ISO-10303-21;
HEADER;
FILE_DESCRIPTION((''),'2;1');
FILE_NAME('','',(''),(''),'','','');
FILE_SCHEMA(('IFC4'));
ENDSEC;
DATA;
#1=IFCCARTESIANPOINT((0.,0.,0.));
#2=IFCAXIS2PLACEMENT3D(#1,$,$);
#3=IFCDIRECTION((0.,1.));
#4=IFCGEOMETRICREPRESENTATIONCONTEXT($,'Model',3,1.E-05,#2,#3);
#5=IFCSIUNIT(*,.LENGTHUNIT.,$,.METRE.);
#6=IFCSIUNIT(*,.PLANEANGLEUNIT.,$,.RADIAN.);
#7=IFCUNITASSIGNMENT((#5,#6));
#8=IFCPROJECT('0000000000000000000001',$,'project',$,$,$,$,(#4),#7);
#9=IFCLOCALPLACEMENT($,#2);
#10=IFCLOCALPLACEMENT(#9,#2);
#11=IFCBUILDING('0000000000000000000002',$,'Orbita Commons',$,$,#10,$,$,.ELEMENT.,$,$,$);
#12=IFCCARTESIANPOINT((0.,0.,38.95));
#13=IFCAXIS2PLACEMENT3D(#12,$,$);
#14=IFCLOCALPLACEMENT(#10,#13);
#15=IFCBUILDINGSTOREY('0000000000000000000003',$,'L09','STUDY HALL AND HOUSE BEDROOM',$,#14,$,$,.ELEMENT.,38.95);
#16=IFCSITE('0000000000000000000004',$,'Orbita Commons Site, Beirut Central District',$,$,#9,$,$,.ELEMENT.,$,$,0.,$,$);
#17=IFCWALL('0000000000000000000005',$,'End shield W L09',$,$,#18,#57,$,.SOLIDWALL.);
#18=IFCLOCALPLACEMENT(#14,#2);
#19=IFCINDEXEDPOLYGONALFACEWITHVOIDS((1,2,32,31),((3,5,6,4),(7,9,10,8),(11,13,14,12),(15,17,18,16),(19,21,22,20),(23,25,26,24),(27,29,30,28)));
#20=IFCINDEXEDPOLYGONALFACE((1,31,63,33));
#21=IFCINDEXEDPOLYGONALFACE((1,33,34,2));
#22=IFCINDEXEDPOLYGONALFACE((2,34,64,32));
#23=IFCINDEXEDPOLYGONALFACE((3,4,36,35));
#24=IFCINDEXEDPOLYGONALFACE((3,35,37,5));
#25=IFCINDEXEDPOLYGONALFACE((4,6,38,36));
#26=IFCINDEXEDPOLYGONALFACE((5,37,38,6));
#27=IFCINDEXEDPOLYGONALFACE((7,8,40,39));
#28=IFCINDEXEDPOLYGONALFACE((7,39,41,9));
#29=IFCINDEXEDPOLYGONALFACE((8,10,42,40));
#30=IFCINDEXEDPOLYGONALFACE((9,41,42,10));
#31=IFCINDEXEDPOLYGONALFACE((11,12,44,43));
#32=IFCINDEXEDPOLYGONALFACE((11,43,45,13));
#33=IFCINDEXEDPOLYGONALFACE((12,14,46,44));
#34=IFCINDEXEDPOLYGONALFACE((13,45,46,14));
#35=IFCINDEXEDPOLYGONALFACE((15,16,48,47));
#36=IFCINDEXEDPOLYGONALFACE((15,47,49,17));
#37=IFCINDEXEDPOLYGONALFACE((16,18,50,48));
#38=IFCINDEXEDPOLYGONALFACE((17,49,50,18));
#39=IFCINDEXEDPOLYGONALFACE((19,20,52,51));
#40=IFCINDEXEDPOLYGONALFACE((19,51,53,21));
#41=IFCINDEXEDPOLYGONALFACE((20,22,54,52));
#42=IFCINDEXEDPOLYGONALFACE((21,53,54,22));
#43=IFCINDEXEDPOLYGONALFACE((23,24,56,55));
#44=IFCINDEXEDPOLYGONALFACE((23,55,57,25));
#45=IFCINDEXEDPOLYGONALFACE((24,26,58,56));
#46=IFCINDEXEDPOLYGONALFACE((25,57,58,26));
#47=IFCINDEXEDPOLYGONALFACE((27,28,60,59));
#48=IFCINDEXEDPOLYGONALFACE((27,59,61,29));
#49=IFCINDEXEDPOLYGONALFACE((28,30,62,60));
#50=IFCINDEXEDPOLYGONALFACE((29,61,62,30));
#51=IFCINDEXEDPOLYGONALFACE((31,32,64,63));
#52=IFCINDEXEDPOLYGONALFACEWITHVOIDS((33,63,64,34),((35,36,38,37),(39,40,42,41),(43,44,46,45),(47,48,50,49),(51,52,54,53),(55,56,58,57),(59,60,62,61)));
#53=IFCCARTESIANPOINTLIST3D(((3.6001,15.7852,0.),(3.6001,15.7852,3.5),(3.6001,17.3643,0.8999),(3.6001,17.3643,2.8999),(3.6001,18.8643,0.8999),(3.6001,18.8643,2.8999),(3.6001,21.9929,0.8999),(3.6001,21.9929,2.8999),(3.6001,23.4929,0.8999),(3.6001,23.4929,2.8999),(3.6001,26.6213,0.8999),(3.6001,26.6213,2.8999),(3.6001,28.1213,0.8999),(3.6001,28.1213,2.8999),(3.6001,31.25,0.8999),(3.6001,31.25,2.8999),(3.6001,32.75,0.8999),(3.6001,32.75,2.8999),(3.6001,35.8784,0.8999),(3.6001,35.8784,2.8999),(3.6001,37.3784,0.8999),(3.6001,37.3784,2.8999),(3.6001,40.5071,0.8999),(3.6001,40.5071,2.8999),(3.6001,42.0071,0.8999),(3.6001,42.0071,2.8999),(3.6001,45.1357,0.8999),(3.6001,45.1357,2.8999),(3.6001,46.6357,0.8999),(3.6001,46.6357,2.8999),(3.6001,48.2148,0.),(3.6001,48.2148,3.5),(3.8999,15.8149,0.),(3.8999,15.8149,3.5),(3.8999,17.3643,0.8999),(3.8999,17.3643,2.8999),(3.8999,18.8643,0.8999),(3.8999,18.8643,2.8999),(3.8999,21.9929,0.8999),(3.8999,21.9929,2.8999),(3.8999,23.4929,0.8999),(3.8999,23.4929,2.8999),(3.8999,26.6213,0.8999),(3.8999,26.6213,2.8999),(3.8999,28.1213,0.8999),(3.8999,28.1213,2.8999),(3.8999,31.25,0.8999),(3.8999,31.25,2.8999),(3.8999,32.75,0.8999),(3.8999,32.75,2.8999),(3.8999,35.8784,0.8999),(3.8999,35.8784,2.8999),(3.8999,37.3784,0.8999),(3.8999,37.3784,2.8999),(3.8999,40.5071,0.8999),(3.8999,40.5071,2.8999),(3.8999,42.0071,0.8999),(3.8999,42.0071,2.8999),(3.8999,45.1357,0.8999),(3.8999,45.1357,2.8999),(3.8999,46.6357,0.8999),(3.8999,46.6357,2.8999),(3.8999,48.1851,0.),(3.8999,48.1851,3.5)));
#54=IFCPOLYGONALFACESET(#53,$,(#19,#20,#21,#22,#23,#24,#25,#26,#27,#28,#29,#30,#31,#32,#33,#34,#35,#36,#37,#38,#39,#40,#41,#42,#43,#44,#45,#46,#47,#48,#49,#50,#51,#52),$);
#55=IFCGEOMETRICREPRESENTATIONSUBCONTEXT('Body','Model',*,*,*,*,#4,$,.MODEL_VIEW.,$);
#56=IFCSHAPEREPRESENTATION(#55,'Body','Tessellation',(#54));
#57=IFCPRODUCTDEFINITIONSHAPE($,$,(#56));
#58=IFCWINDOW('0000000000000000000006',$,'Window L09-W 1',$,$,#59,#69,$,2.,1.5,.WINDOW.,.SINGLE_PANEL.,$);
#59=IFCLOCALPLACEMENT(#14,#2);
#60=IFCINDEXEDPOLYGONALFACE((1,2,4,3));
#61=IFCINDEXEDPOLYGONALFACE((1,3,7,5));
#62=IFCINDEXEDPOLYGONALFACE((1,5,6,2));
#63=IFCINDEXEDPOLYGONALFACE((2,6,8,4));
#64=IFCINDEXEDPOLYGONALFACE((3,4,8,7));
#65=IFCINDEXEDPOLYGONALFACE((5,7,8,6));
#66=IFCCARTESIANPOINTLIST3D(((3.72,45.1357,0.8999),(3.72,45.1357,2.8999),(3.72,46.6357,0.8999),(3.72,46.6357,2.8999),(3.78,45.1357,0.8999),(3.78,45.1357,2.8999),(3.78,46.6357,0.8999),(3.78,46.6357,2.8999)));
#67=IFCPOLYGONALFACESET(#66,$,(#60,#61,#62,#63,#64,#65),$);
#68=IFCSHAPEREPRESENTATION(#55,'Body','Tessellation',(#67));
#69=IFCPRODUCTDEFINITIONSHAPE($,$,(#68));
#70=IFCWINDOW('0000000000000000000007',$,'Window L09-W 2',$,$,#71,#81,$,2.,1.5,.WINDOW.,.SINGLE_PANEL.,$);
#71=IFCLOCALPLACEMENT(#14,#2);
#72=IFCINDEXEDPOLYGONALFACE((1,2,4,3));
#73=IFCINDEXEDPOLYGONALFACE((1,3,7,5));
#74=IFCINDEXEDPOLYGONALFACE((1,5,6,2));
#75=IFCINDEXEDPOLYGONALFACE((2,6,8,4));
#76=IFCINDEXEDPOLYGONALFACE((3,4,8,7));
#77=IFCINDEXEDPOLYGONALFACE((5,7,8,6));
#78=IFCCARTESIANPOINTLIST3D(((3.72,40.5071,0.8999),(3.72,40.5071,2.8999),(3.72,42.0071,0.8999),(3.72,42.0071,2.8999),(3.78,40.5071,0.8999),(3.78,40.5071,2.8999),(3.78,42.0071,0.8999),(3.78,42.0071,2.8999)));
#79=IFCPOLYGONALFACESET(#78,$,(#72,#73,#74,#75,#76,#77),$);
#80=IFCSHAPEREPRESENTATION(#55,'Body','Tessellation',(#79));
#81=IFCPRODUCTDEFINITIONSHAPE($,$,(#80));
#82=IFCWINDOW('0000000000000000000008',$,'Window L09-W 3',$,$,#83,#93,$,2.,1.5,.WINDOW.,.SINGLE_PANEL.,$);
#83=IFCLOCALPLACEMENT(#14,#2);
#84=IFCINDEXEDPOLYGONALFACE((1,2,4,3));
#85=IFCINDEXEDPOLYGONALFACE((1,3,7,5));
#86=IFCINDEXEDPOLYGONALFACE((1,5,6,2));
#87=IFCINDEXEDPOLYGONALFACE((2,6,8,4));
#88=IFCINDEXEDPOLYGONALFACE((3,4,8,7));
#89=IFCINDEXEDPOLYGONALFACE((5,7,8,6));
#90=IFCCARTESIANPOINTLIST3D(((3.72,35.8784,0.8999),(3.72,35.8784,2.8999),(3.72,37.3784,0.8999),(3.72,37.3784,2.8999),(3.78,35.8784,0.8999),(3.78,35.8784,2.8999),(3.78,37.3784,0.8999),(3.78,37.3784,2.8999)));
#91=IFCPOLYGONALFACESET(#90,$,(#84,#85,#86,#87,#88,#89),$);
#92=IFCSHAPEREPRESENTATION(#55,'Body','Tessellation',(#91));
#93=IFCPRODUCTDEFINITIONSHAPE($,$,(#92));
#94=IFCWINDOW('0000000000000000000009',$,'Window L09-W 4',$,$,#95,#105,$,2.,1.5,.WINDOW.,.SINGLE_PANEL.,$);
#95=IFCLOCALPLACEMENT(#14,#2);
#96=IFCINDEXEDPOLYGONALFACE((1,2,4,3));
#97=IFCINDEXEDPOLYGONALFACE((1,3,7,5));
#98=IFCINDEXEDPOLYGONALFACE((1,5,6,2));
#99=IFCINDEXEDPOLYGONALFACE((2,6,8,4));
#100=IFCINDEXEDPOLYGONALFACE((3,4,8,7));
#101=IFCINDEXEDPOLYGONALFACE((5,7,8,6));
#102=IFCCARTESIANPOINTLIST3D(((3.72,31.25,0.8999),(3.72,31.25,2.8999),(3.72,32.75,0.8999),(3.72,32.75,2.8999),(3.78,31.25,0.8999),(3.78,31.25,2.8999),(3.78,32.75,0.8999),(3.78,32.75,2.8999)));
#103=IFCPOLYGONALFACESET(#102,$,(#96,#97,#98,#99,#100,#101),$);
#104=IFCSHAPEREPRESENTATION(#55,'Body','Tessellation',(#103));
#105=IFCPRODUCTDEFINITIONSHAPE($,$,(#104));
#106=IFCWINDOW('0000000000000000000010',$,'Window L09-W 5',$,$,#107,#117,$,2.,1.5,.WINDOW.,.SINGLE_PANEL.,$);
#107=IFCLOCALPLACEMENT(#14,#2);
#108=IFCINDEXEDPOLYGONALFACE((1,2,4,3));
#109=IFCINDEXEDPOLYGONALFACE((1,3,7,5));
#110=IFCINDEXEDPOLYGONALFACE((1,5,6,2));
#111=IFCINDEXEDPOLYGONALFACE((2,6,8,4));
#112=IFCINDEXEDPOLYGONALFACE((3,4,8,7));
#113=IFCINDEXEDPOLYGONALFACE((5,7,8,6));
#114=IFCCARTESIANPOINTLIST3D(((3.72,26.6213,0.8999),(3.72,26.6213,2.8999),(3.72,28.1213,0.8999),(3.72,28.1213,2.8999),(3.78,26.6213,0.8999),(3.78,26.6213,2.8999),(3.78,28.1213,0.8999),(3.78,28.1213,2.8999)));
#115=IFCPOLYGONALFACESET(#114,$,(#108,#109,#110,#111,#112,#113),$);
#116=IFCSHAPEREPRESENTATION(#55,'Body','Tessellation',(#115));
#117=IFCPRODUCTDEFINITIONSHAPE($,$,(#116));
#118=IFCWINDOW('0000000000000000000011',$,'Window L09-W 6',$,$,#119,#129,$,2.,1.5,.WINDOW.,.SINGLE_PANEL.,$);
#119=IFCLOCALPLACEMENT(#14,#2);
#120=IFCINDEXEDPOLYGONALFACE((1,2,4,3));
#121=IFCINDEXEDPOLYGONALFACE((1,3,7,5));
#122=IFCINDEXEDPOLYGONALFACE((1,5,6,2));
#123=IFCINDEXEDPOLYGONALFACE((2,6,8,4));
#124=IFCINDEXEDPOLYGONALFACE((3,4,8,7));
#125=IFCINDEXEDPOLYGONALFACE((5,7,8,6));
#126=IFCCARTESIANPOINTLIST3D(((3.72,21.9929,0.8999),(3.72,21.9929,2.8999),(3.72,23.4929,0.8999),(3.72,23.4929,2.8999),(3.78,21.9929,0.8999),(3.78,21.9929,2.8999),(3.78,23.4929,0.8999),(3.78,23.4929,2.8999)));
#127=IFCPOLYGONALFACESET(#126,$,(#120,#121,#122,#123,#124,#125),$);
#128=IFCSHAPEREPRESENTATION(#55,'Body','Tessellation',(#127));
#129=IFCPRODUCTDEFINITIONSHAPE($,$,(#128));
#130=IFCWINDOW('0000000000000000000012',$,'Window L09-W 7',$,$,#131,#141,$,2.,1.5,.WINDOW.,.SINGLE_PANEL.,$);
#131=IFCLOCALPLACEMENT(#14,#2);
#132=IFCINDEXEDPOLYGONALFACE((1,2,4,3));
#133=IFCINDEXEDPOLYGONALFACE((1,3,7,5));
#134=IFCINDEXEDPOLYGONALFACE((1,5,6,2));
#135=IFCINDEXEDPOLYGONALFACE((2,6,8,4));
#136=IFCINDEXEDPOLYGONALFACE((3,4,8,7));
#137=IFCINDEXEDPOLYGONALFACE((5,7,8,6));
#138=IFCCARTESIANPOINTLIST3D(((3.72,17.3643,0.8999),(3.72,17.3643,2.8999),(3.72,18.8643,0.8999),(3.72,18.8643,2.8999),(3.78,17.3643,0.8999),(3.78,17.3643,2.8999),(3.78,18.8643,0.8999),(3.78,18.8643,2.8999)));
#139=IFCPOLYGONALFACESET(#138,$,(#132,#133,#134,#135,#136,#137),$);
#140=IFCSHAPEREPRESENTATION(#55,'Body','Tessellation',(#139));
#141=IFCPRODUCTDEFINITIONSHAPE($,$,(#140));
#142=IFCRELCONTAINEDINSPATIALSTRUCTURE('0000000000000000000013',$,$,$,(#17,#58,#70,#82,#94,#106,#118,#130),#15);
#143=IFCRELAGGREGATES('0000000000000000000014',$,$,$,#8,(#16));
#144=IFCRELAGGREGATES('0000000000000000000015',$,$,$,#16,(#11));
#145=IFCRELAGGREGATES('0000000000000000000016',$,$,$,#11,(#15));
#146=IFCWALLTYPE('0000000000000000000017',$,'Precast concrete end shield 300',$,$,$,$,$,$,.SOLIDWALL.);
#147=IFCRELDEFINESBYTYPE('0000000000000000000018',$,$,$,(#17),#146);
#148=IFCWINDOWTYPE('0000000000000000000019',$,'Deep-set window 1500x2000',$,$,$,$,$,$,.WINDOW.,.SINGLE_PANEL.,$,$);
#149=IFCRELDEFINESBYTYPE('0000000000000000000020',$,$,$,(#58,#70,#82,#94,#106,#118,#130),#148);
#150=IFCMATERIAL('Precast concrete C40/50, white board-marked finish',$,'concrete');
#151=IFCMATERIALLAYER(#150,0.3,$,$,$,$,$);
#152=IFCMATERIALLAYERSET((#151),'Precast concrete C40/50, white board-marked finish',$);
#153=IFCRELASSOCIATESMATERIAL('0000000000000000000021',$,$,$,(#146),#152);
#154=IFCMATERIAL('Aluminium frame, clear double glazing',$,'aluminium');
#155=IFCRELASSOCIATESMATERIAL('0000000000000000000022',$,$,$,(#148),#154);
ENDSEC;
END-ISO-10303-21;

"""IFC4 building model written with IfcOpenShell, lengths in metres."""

from ifc_helpers import new_model, si_unit, direction, frame, frame_2d, origin, place, context, subcontext, project, spatial, polyline, rectangle, outline, extrude, material, layer, layer_set, type_object, element, fill, save


model = new_model("IFC4")

# Units and contexts
model_context = context("Model", 3, precision=1e-05, world=origin(), true_north=direction((0.0, 1.0)))
body_context = subcontext(model_context, "Body", "Model", "MODEL_VIEW")
ifc_project = project(units=[si_unit("LENGTHUNIT", "METRE"), si_unit("PLANEANGLEUNIT", "RADIAN")], contexts=[model_context])

# Site, building, storey
site_placement = place(None, origin())
site = spatial("IfcSite", under=ifc_project, at=site_placement, Name="Orbita Commons Site, Beirut Central District", CompositionType="ELEMENT", RefElevation=0.0)
building_placement = place(site_placement, origin())
building = spatial("IfcBuilding", under=site, at=building_placement, Name="Orbita Commons", CompositionType="ELEMENT")
storey_placement = place(building_placement, frame((0.0, 0.0, 38.95)))
storey = spatial("IfcBuildingStorey", under=building, at=storey_placement, Name="L09", Description="STUDY HALL AND HOUSE BEDROOM", CompositionType="ELEMENT", Elevation=38.95)

# Wall, openings, windows
ifc_material_1 = material(Name="Precast concrete C40/50, white board-marked finish", Category="concrete")
ifc_layer_1 = layer(ifc_material_1, 0.3)
ifc_layer_set_1 = layer_set([ifc_layer_1], Name="Precast concrete C40/50, white board-marked finish")
wall_type_1 = type_object("IfcWallType", Name="Precast concrete end shield 300", PredefinedType="SOLIDWALL", material=ifc_layer_set_1)
wall_1_placement = place(storey_placement, frame((3.75, 48.2, 0.0), z_axis=(0.0, 0.0, 1.0), x_axis=(0.0, -1.0, 0.0)))
wall_1 = element("IfcWall", 1, at=wall_1_placement, inside=storey, type_object=wall_type_1, Name="End shield W L09", PredefinedType="SOLIDWALL", context=body_context, shape_type="SweptSolid", body=[
    extrude(outline(polyline([(-0.0149, -0.1499), (32.4148, -0.1499), (32.385, 0.1499), (0.0149, 0.1499), (-0.0149, -0.1499)])), origin(), (0.0, 0.0, 1.0), 3.5),
])
opening_1_placement = place(wall_1_placement, frame((1.5642, 0.0, 0.8999)))
opening_1 = element("IfcOpeningElement", 2, at=opening_1_placement, cuts=wall_1, PredefinedType="OPENING", context=body_context, shape_type="SweptSolid", body=[
    extrude(rectangle(XDim=1.5, YDim=2.0, at=frame_2d((0.75, 1.0))), frame((0.0, 0.1599, 0.0), z_axis=(0.0, -1.0, 0.0), x_axis=(1.0, 0.0, 0.0)), (0.0, 0.0, 1.0), 0.3201),
])
opening_2_placement = place(wall_1_placement, frame((6.1929, 0.0, 0.8999)))
opening_2 = element("IfcOpeningElement", 3, at=opening_2_placement, cuts=wall_1, PredefinedType="OPENING", context=body_context, shape_type="SweptSolid", body=[
    extrude(rectangle(XDim=1.5, YDim=2.0, at=frame_2d((0.75, 1.0))), frame((0.0, 0.1599, 0.0), z_axis=(0.0, -1.0, 0.0), x_axis=(1.0, 0.0, 0.0)), (0.0, 0.0, 1.0), 0.3201),
])
opening_3_placement = place(wall_1_placement, frame((10.8215, 0.0, 0.8999)))
opening_3 = element("IfcOpeningElement", 4, at=opening_3_placement, cuts=wall_1, PredefinedType="OPENING", context=body_context, shape_type="SweptSolid", body=[
    extrude(rectangle(XDim=1.5, YDim=2.0, at=frame_2d((0.75, 1.0))), frame((0.0, 0.1599, 0.0), z_axis=(0.0, -1.0, 0.0), x_axis=(1.0, 0.0, 0.0)), (0.0, 0.0, 1.0), 0.3201),
])
opening_4_placement = place(wall_1_placement, frame((15.45, 0.0, 0.8999)))
opening_4 = element("IfcOpeningElement", 5, at=opening_4_placement, cuts=wall_1, PredefinedType="OPENING", context=body_context, shape_type="SweptSolid", body=[
    extrude(rectangle(XDim=1.5, YDim=2.0, at=frame_2d((0.75, 1.0))), frame((0.0, 0.1599, 0.0), z_axis=(0.0, -1.0, 0.0), x_axis=(1.0, 0.0, 0.0)), (0.0, 0.0, 1.0), 0.3201),
])
opening_5_placement = place(wall_1_placement, frame((20.0786, 0.0, 0.8999)))
opening_5 = element("IfcOpeningElement", 6, at=opening_5_placement, cuts=wall_1, PredefinedType="OPENING", context=body_context, shape_type="SweptSolid", body=[
    extrude(rectangle(XDim=1.5, YDim=2.0, at=frame_2d((0.75, 1.0))), frame((0.0, 0.1599, 0.0), z_axis=(0.0, -1.0, 0.0), x_axis=(1.0, 0.0, 0.0)), (0.0, 0.0, 1.0), 0.3201),
])
opening_6_placement = place(wall_1_placement, frame((24.707, 0.0, 0.8999)))
opening_6 = element("IfcOpeningElement", 7, at=opening_6_placement, cuts=wall_1, PredefinedType="OPENING", context=body_context, shape_type="SweptSolid", body=[
    extrude(rectangle(XDim=1.5, YDim=2.0, at=frame_2d((0.75, 1.0))), frame((0.0, 0.1599, 0.0), z_axis=(0.0, -1.0, 0.0), x_axis=(1.0, 0.0, 0.0)), (0.0, 0.0, 1.0), 0.3201),
])
opening_7_placement = place(wall_1_placement, frame((29.3357, 0.0, 0.8999)))
opening_7 = element("IfcOpeningElement", 8, at=opening_7_placement, cuts=wall_1, PredefinedType="OPENING", context=body_context, shape_type="SweptSolid", body=[
    extrude(rectangle(XDim=1.5, YDim=2.0, at=frame_2d((0.75, 1.0))), frame((0.0, 0.1599, 0.0), z_axis=(0.0, -1.0, 0.0), x_axis=(1.0, 0.0, 0.0)), (0.0, 0.0, 1.0), 0.3201),
])
ifc_material_2 = material(Name="Aluminium frame, clear double glazing", Category="aluminium")
window_type_1 = type_object("IfcWindowType", Name="Deep-set window 1500x2000", PartitioningType="SINGLE_PANEL", PredefinedType="WINDOW", material=ifc_material_2)
window_1_placement = place(opening_1_placement, origin())
window_1 = element("IfcWindow", 9, at=window_1_placement, inside=storey, type_object=window_type_1, Name="Window L09-W 1", OverallHeight=2.0, OverallWidth=1.5, PartitioningType="SINGLE_PANEL", PredefinedType="WINDOW", context=body_context, shape_type="SweptSolid", body=[
    extrude(rectangle(XDim=1.5, YDim=2.0, at=frame_2d((0.75, 1.0))), frame((0.0, 0.03, 0.0), z_axis=(0.0, -1.0, 0.0), x_axis=(1.0, 0.0, 0.0)), (0.0, 0.0, 1.0), 0.0601),
])
fill(opening_1, window_1)
window_2_placement = place(opening_2_placement, origin())
window_2 = element("IfcWindow", 10, at=window_2_placement, inside=storey, type_object=window_type_1, Name="Window L09-W 2", OverallHeight=2.0, OverallWidth=1.5, PartitioningType="SINGLE_PANEL", PredefinedType="WINDOW", context=body_context, shape_type="SweptSolid", body=[
    extrude(rectangle(XDim=1.5, YDim=2.0, at=frame_2d((0.75, 1.0))), frame((0.0, 0.03, 0.0), z_axis=(0.0, -1.0, 0.0), x_axis=(1.0, 0.0, 0.0)), (0.0, 0.0, 1.0), 0.0601),
])
fill(opening_2, window_2)
window_3_placement = place(opening_3_placement, origin())
window_3 = element("IfcWindow", 11, at=window_3_placement, inside=storey, type_object=window_type_1, Name="Window L09-W 3", OverallHeight=2.0, OverallWidth=1.5, PartitioningType="SINGLE_PANEL", PredefinedType="WINDOW", context=body_context, shape_type="SweptSolid", body=[
    extrude(rectangle(XDim=1.5, YDim=2.0, at=frame_2d((0.75, 1.0))), frame((0.0, 0.03, 0.0), z_axis=(0.0, -1.0, 0.0), x_axis=(1.0, 0.0, 0.0)), (0.0, 0.0, 1.0), 0.0601),
])
fill(opening_3, window_3)
window_4_placement = place(opening_4_placement, origin())
window_4 = element("IfcWindow", 12, at=window_4_placement, inside=storey, type_object=window_type_1, Name="Window L09-W 4", OverallHeight=2.0, OverallWidth=1.5, PartitioningType="SINGLE_PANEL", PredefinedType="WINDOW", context=body_context, shape_type="SweptSolid", body=[
    extrude(rectangle(XDim=1.5, YDim=2.0, at=frame_2d((0.75, 1.0))), frame((0.0, 0.03, 0.0), z_axis=(0.0, -1.0, 0.0), x_axis=(1.0, 0.0, 0.0)), (0.0, 0.0, 1.0), 0.0601),
])
fill(opening_4, window_4)
window_5_placement = place(opening_5_placement, origin())
window_5 = element("IfcWindow", 13, at=window_5_placement, inside=storey, type_object=window_type_1, Name="Window L09-W 5", OverallHeight=2.0, OverallWidth=1.5, PartitioningType="SINGLE_PANEL", PredefinedType="WINDOW", context=body_context, shape_type="SweptSolid", body=[
    extrude(rectangle(XDim=1.5, YDim=2.0, at=frame_2d((0.75, 1.0))), frame((0.0, 0.03, 0.0), z_axis=(0.0, -1.0, 0.0), x_axis=(1.0, 0.0, 0.0)), (0.0, 0.0, 1.0), 0.0601),
])
fill(opening_5, window_5)
window_6_placement = place(opening_6_placement, origin())
window_6 = element("IfcWindow", 14, at=window_6_placement, inside=storey, type_object=window_type_1, Name="Window L09-W 6", OverallHeight=2.0, OverallWidth=1.5, PartitioningType="SINGLE_PANEL", PredefinedType="WINDOW", context=body_context, shape_type="SweptSolid", body=[
    extrude(rectangle(XDim=1.5, YDim=2.0, at=frame_2d((0.75, 1.0))), frame((0.0, 0.03, 0.0), z_axis=(0.0, -1.0, 0.0), x_axis=(1.0, 0.0, 0.0)), (0.0, 0.0, 1.0), 0.0601),
])
fill(opening_6, window_6)
window_7_placement = place(opening_7_placement, origin())
window_7 = element("IfcWindow", 15, at=window_7_placement, inside=storey, type_object=window_type_1, Name="Window L09-W 7", OverallHeight=2.0, OverallWidth=1.5, PartitioningType="SINGLE_PANEL", PredefinedType="WINDOW", context=body_context, shape_type="SweptSolid", body=[
    extrude(rectangle(XDim=1.5, YDim=2.0, at=frame_2d((0.75, 1.0))), frame((0.0, 0.03, 0.0), z_axis=(0.0, -1.0, 0.0), x_axis=(1.0, 0.0, 0.0)), (0.0, 0.0, 1.0), 0.0601),
])
fill(opening_7, window_7)

save(model, "model.ifc")
